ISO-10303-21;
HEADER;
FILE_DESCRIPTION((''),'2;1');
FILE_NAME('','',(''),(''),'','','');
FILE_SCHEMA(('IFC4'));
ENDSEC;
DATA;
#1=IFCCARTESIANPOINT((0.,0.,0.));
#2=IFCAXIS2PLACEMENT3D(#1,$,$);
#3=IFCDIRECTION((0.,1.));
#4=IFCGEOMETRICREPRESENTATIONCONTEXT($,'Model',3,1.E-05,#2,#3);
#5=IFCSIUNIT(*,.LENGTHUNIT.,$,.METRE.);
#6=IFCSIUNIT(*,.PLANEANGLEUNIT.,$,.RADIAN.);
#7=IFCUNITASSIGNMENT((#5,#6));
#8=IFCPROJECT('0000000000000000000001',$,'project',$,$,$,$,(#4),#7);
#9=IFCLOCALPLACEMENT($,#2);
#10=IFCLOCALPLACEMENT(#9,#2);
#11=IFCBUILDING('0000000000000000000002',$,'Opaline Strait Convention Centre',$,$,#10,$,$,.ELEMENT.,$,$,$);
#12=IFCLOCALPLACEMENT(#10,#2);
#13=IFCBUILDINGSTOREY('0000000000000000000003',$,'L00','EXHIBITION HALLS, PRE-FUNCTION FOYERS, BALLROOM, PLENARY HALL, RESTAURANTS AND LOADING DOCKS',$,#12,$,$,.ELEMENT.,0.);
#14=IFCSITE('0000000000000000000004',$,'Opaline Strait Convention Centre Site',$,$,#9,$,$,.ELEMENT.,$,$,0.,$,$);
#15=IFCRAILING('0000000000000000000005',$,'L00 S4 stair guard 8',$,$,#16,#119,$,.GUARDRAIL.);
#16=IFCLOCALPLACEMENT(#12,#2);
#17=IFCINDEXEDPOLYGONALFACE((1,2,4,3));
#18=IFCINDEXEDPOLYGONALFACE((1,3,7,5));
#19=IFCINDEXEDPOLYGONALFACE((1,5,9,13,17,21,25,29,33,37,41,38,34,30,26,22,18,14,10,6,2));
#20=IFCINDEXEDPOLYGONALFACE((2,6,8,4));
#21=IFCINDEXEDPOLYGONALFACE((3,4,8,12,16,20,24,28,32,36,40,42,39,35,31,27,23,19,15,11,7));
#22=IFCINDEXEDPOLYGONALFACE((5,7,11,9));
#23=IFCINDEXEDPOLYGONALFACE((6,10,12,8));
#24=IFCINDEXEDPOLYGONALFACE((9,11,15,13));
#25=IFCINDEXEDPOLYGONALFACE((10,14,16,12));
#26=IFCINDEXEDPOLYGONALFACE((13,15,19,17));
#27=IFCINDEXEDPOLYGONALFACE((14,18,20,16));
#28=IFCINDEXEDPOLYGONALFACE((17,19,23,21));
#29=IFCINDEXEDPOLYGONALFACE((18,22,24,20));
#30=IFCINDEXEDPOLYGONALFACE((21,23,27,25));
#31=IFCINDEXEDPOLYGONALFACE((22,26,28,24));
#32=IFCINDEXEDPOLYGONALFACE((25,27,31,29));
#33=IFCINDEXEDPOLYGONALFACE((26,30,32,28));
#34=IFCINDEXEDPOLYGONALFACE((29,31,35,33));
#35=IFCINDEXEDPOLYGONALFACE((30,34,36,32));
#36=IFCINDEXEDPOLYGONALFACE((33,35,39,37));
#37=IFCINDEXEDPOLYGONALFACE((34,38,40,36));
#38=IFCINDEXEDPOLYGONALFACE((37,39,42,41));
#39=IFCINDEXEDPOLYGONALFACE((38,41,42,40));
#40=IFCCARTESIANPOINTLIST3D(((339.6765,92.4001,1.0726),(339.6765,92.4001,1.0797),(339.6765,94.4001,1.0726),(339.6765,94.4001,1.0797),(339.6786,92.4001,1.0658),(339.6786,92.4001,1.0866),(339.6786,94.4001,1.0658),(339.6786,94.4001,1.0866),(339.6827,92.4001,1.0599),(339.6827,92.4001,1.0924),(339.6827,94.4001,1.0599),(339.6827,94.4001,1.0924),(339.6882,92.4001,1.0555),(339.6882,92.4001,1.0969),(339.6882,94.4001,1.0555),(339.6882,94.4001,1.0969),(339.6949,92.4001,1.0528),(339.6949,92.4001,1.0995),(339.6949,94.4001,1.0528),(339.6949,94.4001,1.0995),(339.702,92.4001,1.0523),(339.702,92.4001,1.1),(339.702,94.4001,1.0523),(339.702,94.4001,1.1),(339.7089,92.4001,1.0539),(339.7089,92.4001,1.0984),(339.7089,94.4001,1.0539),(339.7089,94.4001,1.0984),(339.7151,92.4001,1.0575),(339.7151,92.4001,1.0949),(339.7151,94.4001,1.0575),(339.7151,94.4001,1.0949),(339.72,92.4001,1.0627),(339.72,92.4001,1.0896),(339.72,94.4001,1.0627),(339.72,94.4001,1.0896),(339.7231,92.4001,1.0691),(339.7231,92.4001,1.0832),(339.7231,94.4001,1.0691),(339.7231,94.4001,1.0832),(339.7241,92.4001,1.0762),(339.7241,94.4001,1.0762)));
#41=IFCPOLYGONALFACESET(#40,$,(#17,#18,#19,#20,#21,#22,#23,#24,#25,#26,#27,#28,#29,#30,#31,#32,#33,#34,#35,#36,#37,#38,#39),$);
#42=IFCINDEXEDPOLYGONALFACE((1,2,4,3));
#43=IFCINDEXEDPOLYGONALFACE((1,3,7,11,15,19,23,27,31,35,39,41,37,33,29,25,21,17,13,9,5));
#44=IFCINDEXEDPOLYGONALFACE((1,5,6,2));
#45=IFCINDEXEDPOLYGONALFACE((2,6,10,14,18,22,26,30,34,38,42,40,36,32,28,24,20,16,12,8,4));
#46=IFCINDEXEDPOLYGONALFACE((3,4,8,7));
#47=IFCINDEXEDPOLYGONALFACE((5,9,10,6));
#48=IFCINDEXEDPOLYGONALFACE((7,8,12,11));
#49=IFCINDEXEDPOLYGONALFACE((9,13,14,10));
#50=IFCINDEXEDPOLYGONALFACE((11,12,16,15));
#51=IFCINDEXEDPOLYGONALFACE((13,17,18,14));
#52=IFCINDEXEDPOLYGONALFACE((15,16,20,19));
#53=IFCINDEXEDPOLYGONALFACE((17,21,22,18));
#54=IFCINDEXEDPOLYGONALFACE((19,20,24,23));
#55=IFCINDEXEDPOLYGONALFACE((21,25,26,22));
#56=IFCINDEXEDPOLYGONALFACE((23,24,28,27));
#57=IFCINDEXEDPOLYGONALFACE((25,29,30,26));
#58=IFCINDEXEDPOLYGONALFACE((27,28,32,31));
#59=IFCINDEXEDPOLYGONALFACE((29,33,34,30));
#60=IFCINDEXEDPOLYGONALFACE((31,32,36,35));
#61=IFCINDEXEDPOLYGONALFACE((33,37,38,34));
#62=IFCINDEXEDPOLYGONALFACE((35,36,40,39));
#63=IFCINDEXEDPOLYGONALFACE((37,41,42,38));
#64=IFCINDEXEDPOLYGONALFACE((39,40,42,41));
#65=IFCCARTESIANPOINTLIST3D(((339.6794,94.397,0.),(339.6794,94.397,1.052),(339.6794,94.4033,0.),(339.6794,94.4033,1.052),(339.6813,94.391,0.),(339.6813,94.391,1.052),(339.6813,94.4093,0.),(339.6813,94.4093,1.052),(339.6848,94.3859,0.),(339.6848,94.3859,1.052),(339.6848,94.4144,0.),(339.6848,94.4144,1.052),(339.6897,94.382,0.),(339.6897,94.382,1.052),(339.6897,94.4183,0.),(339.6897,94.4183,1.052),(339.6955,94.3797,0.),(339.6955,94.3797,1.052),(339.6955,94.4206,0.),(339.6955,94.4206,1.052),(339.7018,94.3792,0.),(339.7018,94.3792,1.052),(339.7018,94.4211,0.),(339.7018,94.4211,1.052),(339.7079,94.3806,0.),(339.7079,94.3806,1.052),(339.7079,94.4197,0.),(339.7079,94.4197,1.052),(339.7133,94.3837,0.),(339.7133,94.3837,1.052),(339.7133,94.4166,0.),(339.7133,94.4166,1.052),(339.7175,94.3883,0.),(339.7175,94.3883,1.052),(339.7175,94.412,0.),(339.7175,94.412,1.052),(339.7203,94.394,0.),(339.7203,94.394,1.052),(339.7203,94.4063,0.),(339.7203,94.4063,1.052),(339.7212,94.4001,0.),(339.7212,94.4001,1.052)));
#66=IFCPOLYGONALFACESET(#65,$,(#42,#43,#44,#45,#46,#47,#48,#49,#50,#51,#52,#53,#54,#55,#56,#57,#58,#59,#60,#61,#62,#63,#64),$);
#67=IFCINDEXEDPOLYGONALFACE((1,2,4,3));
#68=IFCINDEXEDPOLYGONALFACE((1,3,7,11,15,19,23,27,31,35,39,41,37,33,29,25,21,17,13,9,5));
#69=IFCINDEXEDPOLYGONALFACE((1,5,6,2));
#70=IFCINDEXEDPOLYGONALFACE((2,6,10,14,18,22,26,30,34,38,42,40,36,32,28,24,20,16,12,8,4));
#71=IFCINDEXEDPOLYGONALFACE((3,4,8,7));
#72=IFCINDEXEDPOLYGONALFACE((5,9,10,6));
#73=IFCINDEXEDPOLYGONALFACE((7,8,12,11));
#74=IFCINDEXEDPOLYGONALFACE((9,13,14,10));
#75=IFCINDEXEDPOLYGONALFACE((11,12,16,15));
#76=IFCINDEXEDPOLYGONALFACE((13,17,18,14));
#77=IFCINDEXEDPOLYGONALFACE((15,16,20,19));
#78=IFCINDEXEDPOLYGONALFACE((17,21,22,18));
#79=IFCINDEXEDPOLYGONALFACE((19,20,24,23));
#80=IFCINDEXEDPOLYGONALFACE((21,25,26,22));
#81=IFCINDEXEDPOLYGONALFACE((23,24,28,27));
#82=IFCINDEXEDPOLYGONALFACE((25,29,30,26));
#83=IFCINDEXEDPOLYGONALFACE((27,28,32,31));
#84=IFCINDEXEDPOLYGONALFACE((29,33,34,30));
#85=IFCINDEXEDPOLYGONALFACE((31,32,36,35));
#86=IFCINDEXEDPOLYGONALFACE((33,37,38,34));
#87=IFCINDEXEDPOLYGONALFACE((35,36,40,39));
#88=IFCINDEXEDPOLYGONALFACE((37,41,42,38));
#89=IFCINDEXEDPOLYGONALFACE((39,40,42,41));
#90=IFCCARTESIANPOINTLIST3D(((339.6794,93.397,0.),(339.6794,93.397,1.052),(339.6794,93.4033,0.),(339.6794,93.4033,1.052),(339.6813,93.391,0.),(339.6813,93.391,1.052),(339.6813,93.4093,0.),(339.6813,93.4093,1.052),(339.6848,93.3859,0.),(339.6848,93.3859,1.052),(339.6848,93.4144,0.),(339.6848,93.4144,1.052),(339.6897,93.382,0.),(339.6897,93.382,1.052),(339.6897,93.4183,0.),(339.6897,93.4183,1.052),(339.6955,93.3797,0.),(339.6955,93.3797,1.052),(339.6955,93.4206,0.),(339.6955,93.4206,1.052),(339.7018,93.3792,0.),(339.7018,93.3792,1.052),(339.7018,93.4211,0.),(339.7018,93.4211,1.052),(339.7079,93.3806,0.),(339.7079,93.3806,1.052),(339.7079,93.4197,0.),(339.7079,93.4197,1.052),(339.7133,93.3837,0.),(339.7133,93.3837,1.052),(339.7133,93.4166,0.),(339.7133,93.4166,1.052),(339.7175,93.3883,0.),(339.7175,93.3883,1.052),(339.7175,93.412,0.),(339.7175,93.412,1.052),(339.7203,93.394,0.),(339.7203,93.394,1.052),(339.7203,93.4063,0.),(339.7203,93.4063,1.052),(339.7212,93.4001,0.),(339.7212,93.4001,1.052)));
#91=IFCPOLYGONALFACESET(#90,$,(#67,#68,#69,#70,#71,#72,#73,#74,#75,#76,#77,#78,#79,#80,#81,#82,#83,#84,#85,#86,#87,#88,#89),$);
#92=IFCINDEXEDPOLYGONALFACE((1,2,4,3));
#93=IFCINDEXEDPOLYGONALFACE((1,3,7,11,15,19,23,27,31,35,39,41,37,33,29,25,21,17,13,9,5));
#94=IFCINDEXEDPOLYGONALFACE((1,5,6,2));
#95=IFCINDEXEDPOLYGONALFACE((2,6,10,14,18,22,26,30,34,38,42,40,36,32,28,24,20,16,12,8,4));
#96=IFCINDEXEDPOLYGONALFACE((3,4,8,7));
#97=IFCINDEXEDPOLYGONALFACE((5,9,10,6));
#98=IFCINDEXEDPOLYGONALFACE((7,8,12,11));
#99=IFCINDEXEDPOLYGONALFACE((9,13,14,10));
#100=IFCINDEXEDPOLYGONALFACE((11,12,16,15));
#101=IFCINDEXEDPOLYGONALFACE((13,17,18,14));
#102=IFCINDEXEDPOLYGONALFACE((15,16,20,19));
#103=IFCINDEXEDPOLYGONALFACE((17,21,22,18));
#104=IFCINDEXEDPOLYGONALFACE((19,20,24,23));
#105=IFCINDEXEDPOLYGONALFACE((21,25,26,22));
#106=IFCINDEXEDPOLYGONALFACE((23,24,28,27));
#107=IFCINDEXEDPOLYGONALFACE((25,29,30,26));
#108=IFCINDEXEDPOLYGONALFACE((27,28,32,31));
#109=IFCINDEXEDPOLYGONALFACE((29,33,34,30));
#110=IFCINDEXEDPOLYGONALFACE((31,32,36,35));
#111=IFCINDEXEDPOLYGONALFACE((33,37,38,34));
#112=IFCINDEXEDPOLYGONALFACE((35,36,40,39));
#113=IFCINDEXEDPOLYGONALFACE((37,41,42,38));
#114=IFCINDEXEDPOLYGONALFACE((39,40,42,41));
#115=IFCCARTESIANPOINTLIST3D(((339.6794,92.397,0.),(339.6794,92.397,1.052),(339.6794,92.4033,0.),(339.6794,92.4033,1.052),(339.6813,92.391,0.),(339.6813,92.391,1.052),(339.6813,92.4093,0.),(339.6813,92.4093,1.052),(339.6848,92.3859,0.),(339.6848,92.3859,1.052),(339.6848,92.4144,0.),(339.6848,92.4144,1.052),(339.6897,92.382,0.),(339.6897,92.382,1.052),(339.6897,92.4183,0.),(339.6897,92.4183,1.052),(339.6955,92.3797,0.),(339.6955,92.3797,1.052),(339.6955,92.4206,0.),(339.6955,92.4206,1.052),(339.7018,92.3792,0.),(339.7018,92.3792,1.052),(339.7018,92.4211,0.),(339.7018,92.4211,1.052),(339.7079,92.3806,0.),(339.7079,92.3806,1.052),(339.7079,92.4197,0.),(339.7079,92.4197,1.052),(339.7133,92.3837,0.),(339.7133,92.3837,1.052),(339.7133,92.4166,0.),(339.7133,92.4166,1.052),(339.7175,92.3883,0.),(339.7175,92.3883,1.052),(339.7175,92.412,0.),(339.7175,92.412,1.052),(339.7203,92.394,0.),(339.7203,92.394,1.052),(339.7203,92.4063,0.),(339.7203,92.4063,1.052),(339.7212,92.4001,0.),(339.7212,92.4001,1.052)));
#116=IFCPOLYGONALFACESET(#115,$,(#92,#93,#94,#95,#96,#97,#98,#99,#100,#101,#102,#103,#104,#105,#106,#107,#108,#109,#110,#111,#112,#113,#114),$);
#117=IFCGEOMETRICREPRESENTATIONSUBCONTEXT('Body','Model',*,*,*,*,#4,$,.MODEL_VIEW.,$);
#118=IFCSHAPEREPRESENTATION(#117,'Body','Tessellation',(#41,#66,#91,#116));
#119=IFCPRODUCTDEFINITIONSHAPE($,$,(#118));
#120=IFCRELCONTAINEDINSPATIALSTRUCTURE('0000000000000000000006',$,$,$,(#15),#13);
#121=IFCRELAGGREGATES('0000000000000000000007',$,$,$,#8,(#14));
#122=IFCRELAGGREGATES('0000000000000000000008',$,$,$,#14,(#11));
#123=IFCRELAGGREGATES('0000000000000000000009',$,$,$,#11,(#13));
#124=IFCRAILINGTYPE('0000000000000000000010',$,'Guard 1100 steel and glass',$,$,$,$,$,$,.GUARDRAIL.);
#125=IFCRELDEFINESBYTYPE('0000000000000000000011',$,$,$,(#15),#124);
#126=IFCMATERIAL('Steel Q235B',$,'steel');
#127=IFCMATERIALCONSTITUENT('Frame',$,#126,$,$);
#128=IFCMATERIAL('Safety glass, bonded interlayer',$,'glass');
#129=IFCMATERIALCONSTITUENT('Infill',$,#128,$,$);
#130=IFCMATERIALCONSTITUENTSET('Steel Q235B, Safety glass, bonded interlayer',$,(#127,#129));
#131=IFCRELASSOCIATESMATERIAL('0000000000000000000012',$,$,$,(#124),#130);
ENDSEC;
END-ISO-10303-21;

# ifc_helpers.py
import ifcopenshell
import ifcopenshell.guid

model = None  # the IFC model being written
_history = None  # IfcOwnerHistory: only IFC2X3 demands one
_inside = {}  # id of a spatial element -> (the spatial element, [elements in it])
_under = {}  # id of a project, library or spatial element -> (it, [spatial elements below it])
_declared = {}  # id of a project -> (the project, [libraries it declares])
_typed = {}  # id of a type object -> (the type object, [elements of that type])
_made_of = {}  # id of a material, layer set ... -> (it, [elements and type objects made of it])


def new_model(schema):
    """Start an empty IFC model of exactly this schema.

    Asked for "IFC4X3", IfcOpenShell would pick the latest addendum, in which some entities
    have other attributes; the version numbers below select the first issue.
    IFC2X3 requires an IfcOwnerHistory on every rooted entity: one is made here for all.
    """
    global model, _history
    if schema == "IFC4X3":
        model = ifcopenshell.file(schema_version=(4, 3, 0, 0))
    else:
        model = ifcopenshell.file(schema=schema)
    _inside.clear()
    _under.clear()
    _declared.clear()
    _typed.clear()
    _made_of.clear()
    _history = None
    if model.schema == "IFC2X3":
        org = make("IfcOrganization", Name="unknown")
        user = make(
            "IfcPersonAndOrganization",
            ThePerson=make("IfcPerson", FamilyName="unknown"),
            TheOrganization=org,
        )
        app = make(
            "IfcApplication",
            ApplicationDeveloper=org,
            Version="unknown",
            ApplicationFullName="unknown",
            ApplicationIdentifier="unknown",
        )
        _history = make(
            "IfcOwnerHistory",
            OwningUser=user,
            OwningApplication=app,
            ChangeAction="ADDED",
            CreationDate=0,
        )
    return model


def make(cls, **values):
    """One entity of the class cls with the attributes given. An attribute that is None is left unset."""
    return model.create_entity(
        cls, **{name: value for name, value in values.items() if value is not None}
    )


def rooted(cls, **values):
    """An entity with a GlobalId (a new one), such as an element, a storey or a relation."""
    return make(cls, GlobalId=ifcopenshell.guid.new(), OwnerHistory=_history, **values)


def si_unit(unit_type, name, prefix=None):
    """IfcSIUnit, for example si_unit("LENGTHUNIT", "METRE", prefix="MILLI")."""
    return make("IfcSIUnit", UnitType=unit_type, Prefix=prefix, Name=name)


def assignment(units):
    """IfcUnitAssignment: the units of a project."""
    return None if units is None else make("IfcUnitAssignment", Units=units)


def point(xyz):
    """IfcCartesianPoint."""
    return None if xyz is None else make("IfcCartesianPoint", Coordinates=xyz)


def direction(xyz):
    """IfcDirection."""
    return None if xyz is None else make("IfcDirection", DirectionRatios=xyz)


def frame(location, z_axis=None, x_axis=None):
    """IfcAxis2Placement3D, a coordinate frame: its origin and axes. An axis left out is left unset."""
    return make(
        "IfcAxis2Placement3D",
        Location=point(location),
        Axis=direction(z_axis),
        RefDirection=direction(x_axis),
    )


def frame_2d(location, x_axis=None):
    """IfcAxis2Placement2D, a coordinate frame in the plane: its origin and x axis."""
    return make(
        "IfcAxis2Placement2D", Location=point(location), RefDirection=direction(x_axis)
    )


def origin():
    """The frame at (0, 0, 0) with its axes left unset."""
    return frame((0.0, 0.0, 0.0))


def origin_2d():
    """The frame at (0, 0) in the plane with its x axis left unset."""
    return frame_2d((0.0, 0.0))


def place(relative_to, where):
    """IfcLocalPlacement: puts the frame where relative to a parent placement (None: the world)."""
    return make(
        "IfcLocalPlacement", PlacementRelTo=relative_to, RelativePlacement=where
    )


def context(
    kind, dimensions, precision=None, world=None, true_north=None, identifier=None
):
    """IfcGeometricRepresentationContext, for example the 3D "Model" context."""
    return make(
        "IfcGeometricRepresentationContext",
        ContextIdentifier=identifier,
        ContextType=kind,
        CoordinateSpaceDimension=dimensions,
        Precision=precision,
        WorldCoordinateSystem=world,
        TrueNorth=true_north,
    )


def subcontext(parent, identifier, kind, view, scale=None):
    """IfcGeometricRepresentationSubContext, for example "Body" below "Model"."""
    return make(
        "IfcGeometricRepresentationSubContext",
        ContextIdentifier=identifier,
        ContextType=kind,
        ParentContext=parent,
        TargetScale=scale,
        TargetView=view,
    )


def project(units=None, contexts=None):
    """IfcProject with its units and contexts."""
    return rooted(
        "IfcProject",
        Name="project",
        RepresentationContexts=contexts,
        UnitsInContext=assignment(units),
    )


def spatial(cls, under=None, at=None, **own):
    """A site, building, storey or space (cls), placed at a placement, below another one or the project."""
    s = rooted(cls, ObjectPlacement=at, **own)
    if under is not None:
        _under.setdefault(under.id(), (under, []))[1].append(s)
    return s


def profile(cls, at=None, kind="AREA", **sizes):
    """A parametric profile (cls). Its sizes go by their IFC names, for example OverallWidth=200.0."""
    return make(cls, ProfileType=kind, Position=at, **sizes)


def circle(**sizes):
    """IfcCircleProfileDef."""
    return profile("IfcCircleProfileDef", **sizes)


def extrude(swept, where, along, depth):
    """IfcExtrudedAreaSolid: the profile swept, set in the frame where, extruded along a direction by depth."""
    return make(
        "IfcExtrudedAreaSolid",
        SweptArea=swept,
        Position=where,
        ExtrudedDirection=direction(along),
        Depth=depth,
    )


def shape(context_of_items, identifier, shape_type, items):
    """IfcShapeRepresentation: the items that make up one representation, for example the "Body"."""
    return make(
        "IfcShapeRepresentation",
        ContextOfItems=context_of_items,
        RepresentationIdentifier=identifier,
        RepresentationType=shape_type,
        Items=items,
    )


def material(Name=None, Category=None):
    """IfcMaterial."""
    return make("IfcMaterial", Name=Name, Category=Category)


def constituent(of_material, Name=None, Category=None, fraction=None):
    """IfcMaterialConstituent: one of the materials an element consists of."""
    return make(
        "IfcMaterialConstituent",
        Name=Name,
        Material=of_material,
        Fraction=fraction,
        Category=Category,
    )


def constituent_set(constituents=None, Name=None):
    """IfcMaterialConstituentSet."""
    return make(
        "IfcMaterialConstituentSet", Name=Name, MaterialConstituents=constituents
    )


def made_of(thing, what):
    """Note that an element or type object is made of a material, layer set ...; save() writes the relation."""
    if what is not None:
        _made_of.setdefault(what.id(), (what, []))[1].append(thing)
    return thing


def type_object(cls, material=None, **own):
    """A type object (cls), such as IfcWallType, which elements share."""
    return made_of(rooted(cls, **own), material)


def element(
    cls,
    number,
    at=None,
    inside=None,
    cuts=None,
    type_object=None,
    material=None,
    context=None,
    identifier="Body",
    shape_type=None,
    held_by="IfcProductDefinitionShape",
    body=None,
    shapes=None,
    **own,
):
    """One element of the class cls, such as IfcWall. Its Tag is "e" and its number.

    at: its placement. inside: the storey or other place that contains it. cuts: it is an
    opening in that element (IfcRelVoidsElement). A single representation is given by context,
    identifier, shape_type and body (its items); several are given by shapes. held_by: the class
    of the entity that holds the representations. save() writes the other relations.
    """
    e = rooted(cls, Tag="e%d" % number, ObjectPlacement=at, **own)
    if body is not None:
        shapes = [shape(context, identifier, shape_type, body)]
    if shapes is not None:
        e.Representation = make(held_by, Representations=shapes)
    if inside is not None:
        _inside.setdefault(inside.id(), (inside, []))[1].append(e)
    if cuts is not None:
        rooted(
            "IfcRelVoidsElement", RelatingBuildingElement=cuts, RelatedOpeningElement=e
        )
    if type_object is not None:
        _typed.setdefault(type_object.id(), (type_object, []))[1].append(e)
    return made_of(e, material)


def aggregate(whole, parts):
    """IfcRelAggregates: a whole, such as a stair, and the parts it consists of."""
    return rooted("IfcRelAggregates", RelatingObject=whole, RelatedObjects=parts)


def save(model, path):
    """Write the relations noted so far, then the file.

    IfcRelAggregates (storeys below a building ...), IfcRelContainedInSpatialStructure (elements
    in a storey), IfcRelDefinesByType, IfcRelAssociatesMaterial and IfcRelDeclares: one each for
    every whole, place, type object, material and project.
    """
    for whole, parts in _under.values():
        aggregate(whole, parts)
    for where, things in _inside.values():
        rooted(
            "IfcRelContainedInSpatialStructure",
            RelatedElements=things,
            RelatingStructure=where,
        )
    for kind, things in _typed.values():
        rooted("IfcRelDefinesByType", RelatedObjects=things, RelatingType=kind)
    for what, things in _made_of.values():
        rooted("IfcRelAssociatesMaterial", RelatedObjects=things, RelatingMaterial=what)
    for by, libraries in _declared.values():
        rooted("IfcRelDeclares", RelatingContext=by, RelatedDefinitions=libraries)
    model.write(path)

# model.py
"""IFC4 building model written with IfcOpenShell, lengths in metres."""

from ifc_helpers import new_model, si_unit, direction, frame, origin, origin_2d, place, context, subcontext, project, spatial, circle, extrude, material, constituent, constituent_set, type_object, element, save


model = new_model("IFC4")

# Units and contexts
model_context = context("Model", 3, precision=1e-05, world=origin(), true_north=direction((0.0, 1.0)))
body_context = subcontext(model_context, "Body", "Model", "MODEL_VIEW")
ifc_project = project(units=[si_unit("LENGTHUNIT", "METRE"), si_unit("PLANEANGLEUNIT", "RADIAN")], contexts=[model_context])

# Site, building, storey
site_placement = place(None, origin())
site = spatial("IfcSite", under=ifc_project, at=site_placement, Name="Opaline Strait Convention Centre Site", CompositionType="ELEMENT", RefElevation=0.0)
building_placement = place(site_placement, origin())
building = spatial("IfcBuilding", under=site, at=building_placement, Name="Opaline Strait Convention Centre", CompositionType="ELEMENT")
storey_placement = place(building_placement, origin())
storey = spatial("IfcBuildingStorey", under=building, at=storey_placement, Name="L00", Description="EXHIBITION HALLS, PRE-FUNCTION FOYERS, BALLROOM, PLENARY HALL, RESTAURANTS AND LOADING DOCKS", CompositionType="ELEMENT", Elevation=0.0)

# Railing
ifc_material_1 = material(Name="Steel Q235B", Category="steel")
ifc_constituent_1 = constituent(ifc_material_1, Name="Frame")
ifc_material_2 = material(Name="Safety glass, bonded interlayer", Category="glass")
ifc_constituent_2 = constituent(ifc_material_2, Name="Infill")
ifc_constituent_set = constituent_set(constituents=[ifc_constituent_1, ifc_constituent_2], Name="Steel Q235B, Safety glass, bonded interlayer")
railing_type_1 = type_object("IfcRailingType", Name="Guard 1100 steel and glass", PredefinedType="GUARDRAIL", material=ifc_constituent_set)
railing_1_placement = place(storey_placement, frame((339.7002, 94.4001, 0.0)))
element("IfcRailing", 1, at=railing_1_placement, inside=storey, type_object=railing_type_1, Name="L00 S4 stair guard 8", PredefinedType="GUARDRAIL", context=body_context, shape_type="SweptSolid", body=[
    extrude(circle(Radius=0.0239, at=origin_2d()), frame((0.0, 0.0, 1.0762), z_axis=(0.0, -1.0, 0.0), x_axis=(1.0, 0.0, 0.0)), (0.0, 0.0, 1.0), 2.0),
    extrude(circle(Radius=0.021, at=origin_2d()), origin(), (0.0, 0.0, 1.0), 1.052),
    extrude(circle(Radius=0.021, at=origin_2d()), frame((0.0, -1.0, 0.0)), (0.0, 0.0, 1.0), 1.052),
    extrude(circle(Radius=0.021, at=origin_2d()), frame((0.0, -2.0, 0.0)), (0.0, 0.0, 1.0), 1.052),
])

save(model, "model.ifc")
